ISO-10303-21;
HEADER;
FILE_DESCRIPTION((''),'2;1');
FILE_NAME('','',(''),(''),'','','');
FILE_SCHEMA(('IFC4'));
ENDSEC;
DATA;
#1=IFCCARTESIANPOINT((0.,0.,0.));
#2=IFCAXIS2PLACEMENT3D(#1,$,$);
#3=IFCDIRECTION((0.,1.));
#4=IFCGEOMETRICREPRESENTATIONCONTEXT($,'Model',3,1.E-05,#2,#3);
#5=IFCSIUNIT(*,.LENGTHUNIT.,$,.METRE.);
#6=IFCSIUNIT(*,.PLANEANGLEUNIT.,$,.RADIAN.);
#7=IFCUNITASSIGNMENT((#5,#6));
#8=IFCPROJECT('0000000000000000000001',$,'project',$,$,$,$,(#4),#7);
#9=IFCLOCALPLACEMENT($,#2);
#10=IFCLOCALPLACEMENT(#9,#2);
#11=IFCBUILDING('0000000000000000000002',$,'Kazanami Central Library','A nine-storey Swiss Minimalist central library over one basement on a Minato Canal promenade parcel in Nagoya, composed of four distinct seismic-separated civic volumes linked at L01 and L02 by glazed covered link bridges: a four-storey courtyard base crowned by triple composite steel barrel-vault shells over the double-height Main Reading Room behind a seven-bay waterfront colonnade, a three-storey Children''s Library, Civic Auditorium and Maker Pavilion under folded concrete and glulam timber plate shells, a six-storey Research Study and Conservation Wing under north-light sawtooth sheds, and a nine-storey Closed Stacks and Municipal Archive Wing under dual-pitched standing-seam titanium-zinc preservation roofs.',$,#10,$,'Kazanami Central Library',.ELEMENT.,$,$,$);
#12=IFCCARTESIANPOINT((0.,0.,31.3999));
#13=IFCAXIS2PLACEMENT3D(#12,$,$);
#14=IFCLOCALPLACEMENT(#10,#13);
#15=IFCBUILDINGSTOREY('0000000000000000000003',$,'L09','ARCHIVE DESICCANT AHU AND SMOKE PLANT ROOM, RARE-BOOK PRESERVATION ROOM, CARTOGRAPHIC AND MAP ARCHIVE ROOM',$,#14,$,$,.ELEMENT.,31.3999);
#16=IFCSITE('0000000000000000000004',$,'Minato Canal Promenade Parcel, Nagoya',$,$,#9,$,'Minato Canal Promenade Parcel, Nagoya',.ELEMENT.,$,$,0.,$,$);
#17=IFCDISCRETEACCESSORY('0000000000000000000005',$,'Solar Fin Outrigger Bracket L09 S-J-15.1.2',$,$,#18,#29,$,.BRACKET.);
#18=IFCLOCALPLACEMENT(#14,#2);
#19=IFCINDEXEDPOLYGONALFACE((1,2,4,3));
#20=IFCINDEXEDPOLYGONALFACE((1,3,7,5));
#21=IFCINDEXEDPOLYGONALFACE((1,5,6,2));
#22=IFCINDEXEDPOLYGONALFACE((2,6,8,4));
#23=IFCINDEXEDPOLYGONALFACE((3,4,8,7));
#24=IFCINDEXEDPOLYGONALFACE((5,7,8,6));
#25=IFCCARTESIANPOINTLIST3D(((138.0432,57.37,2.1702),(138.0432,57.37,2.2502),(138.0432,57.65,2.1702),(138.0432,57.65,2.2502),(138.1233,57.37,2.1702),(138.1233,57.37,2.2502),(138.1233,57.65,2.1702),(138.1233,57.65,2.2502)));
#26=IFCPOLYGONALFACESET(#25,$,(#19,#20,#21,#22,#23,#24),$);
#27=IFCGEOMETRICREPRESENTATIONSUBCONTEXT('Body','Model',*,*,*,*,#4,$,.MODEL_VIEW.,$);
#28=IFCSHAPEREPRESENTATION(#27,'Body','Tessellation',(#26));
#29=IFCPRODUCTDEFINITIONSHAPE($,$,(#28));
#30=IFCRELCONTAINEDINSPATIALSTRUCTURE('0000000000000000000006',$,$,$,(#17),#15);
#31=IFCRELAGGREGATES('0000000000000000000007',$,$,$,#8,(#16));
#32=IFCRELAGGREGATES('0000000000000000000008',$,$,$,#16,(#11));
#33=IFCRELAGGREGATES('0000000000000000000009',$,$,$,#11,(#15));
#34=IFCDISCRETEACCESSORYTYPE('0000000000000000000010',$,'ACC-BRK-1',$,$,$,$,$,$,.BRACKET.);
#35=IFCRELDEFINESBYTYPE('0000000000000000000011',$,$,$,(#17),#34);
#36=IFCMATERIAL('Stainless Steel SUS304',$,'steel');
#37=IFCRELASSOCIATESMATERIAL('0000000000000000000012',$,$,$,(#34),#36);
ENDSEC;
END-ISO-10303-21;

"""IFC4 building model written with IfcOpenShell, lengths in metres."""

from ifc_helpers import new_model, si_unit, direction, frame, origin, origin_2d, place, context, subcontext, project, spatial, rectangle, extrude, material, type_object, element, save


model = new_model("IFC4")

# Units and contexts
model_context = context("Model", 3, precision=1e-05, world=origin(), true_north=direction((0.0, 1.0)))
body_context = subcontext(model_context, "Body", "Model", "MODEL_VIEW")
ifc_project = project(units=[si_unit("LENGTHUNIT", "METRE"), si_unit("PLANEANGLEUNIT", "RADIAN")], contexts=[model_context])

# Site, building, storey
site_placement = place(None, origin())
site = spatial("IfcSite", under=ifc_project, at=site_placement, Name="Minato Canal Promenade Parcel, Nagoya", LongName="Minato Canal Promenade Parcel, Nagoya", CompositionType="ELEMENT", RefElevation=0.0)
building_placement = place(site_placement, origin())
building = spatial("IfcBuilding", under=site, at=building_placement, Name="Kazanami Central Library", Description="A nine-storey Swiss Minimalist central library over one basement on a Minato Canal promenade parcel in Nagoya, composed of four distinct seismic-separated civic volumes linked at L01 and L02 by glazed covered link bridges: a four-storey courtyard base crowned by triple composite steel barrel-vault shells over the double-height Main Reading Room behind a seven-bay waterfront colonnade, a three-storey Children's Library, Civic Auditorium and Maker Pavilion under folded concrete and glulam timber plate shells, a six-storey Research Study and Conservation Wing under north-light sawtooth sheds, and a nine-storey Closed Stacks and Municipal Archive Wing under dual-pitched standing-seam titanium-zinc preservation roofs.", LongName="Kazanami Central Library", CompositionType="ELEMENT")
storey_placement = place(building_placement, frame((0.0, 0.0, 31.3999)))
storey = spatial("IfcBuildingStorey", under=building, at=storey_placement, Name="L09", Description="ARCHIVE DESICCANT AHU AND SMOKE PLANT ROOM, RARE-BOOK PRESERVATION ROOM, CARTOGRAPHIC AND MAP ARCHIVE ROOM", CompositionType="ELEMENT", Elevation=31.3999)

# Discrete accessory
ifc_material_1 = material(Name="Stainless Steel SUS304", Category="steel")
discrete_accessory_type = type_object("IfcDiscreteAccessoryType", Name="ACC-BRK-1", PredefinedType="BRACKET", material=ifc_material_1)
for number, where, z_axis, x_axis, name in (
    (1, (138.0833, 57.51, 2.1702), (0.0, 0.0, 1.0), (1.0, 0.0, 0.0), "Solar Fin Outrigger Bracket L09 S-J-15.1.2"),
):
    element("IfcDiscreteAccessory", number, at=place(storey_placement, frame(where, z_axis=z_axis, x_axis=x_axis)), inside=storey, type_object=discrete_accessory_type, Name=name, PredefinedType="BRACKET", context=body_context, shape_type="SweptSolid", body=[
        extrude(rectangle(XDim=0.0801, YDim=0.28, at=origin_2d()), origin(), (0.0, 0.0, 1.0), 0.0801),
    ])

save(model, "model.ifc")
